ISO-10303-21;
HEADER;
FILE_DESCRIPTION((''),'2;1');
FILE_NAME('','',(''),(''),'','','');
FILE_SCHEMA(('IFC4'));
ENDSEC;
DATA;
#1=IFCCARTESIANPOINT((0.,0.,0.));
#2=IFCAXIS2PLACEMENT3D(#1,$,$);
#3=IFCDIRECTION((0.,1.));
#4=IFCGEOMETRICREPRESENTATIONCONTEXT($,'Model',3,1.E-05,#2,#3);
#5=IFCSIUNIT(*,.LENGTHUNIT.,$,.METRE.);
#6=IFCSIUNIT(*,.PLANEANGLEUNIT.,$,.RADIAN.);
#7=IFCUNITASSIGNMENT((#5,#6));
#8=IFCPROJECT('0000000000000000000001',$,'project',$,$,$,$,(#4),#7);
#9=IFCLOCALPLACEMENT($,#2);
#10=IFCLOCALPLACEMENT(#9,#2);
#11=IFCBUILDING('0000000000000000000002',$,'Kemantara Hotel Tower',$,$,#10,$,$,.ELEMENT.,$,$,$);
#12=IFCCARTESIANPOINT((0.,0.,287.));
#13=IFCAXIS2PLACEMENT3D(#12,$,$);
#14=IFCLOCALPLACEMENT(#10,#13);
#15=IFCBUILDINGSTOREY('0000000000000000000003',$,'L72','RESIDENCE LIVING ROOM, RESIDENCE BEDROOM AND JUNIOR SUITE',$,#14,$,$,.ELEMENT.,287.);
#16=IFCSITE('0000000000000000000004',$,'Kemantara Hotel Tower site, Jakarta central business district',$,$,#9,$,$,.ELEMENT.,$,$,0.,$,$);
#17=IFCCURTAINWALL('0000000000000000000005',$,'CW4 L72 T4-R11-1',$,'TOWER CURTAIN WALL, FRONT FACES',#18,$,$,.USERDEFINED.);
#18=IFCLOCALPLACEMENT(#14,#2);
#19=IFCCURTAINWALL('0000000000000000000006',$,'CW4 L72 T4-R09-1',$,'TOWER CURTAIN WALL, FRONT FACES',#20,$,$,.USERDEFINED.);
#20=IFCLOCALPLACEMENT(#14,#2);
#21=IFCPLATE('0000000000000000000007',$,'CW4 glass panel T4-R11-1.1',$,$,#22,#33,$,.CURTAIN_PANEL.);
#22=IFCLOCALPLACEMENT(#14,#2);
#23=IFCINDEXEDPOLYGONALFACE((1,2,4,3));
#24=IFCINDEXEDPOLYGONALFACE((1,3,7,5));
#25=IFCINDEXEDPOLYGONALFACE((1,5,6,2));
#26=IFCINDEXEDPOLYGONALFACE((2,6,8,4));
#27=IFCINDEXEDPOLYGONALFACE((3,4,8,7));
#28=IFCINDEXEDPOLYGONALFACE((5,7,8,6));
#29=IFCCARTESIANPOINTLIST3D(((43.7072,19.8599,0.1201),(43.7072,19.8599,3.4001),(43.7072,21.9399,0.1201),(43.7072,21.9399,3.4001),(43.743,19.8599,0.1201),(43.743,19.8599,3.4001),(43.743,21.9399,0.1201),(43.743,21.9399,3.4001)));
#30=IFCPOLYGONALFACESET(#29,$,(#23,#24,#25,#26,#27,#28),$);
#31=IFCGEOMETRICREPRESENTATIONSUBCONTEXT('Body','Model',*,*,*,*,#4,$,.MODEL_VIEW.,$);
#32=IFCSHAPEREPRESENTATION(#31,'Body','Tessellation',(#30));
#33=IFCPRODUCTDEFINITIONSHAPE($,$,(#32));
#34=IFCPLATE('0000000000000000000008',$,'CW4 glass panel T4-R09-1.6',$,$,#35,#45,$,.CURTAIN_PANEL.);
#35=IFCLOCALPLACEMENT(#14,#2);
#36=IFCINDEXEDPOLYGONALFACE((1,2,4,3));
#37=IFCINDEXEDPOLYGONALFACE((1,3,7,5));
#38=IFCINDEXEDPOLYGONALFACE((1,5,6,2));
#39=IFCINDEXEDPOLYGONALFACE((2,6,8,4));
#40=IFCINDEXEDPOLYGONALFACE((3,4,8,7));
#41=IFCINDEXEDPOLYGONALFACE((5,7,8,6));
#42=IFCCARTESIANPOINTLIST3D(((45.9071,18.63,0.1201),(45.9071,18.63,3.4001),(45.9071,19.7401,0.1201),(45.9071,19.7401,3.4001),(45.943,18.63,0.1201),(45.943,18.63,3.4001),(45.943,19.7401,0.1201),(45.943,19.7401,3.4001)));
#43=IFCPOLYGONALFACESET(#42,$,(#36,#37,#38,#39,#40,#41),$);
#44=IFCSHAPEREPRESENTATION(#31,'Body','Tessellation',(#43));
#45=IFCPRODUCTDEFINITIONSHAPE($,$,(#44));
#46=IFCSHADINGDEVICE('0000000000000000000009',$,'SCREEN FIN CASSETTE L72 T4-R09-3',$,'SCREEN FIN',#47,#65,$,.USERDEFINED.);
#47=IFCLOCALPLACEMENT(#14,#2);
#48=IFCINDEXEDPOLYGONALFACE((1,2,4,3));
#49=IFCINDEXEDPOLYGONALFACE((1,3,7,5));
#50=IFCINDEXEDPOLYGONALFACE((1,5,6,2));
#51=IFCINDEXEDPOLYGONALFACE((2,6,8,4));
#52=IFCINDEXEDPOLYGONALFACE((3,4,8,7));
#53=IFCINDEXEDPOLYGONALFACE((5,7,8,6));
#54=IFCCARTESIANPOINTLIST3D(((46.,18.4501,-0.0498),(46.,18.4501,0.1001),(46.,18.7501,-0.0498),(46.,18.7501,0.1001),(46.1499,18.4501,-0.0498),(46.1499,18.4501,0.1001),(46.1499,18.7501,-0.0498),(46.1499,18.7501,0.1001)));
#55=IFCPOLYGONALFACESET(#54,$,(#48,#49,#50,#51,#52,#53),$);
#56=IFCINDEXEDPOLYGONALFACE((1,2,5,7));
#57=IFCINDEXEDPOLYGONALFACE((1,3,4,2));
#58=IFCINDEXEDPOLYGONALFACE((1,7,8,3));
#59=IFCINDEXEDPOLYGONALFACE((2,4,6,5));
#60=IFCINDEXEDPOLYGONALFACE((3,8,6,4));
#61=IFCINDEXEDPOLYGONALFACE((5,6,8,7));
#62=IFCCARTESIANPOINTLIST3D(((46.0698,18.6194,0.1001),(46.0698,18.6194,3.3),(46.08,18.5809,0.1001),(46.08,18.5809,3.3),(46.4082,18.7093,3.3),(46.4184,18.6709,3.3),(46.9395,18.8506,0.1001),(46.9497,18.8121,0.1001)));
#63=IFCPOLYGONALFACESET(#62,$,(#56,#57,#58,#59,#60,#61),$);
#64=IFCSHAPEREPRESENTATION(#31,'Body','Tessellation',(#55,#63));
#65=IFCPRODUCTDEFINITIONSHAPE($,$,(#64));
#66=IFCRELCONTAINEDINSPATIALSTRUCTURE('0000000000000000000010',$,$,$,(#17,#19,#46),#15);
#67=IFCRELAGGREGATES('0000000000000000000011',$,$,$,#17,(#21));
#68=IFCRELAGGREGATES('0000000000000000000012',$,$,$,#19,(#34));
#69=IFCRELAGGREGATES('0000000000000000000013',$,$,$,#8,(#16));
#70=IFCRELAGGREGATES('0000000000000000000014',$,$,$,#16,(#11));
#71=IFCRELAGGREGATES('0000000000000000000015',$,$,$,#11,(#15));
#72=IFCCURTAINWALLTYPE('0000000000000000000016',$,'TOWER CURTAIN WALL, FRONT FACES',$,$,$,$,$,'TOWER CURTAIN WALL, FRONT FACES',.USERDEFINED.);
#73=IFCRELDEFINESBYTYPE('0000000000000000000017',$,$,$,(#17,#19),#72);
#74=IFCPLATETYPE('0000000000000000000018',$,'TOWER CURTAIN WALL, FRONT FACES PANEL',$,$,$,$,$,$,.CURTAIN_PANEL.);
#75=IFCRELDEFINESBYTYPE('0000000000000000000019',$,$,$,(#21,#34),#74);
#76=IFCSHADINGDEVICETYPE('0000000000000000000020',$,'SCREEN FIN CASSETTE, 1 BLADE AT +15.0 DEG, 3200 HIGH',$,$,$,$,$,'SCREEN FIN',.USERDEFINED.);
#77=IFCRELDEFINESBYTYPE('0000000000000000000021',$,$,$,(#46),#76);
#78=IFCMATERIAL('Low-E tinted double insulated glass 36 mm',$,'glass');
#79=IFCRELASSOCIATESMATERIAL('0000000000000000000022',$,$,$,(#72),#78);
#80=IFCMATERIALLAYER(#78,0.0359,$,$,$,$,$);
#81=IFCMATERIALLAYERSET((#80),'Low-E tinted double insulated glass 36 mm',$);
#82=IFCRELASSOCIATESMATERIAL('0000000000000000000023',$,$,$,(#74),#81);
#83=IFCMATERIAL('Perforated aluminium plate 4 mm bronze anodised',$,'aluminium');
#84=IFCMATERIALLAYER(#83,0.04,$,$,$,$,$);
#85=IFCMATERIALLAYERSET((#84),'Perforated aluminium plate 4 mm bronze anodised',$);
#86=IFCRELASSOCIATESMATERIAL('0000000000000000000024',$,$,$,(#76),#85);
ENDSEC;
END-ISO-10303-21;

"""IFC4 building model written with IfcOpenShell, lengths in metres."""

from ifc_helpers import new_model, si_unit, direction, frame, origin, origin_2d, place, context, subcontext, project, spatial, polyline, rectangle, outline, extrude, source, transform, mapped, material, layer, layer_set, type_object, element, aggregate, save


model = new_model("IFC4")

# Units and contexts
model_context = context("Model", 3, precision=1e-05, world=origin(), true_north=direction((0.0, 1.0)))
body_context = subcontext(model_context, "Body", "Model", "MODEL_VIEW")
ifc_project = project(units=[si_unit("LENGTHUNIT", "METRE"), si_unit("PLANEANGLEUNIT", "RADIAN")], contexts=[model_context])

# Site, building, storey
site_placement = place(None, origin())
site = spatial("IfcSite", under=ifc_project, at=site_placement, Name="Kemantara Hotel Tower site, Jakarta central business district", CompositionType="ELEMENT", RefElevation=0.0)
building_placement = place(site_placement, origin())
building = spatial("IfcBuilding", under=site, at=building_placement, Name="Kemantara Hotel Tower", CompositionType="ELEMENT")
storey_placement = place(building_placement, frame((0.0, 0.0, 287.0)))
storey = spatial("IfcBuildingStorey", under=building, at=storey_placement, Name="L72", Description="RESIDENCE LIVING ROOM, RESIDENCE BEDROOM AND JUNIOR SUITE", CompositionType="ELEMENT", Elevation=287.0)

# Curtain wall
ifc_material_1 = material(Name="Low-E tinted double insulated glass 36 mm", Category="glass")
curtain_wall_type = type_object("IfcCurtainWallType", Name="TOWER CURTAIN WALL, FRONT FACES", ElementType="TOWER CURTAIN WALL, FRONT FACES", PredefinedType="USERDEFINED", material=ifc_material_1)
curtain_wall_1_placement = place(storey_placement, origin())
curtain_wall_1 = element("IfcCurtainWall", 1, at=curtain_wall_1_placement, inside=storey, type_object=curtain_wall_type, Name="CW4 L72 T4-R11-1", ObjectType="TOWER CURTAIN WALL, FRONT FACES", PredefinedType="USERDEFINED")

# Curtain wall
curtain_wall_2_placement = place(storey_placement, origin())
curtain_wall_2 = element("IfcCurtainWall", 2, at=curtain_wall_2_placement, inside=storey, type_object=curtain_wall_type, Name="CW4 L72 T4-R09-1", ObjectType="TOWER CURTAIN WALL, FRONT FACES", PredefinedType="USERDEFINED")

# Plates
ifc_layer_1 = layer(ifc_material_1, 0.0359)
ifc_layer_set_1 = layer_set([ifc_layer_1], Name="Low-E tinted double insulated glass 36 mm")
plate_type = type_object("IfcPlateType", Name="TOWER CURTAIN WALL, FRONT FACES PANEL", PredefinedType="CURTAIN_PANEL", material=ifc_layer_set_1)
shared_shape_1 = source(origin(), body_context, "Body", "SweptSolid", [
    extrude(rectangle(XDim=2.0801, YDim=0.0359, at=origin_2d()), origin(), (0.0, 0.0, 1.0), 3.28),
])
plate_1_placement = place(storey_placement, frame((43.7251, 20.8999, 0.1201), z_axis=(0.0, 0.0, 1.0), x_axis=(0.0, 1.0, 0.0)))
plate_1 = element("IfcPlate", 3, at=plate_1_placement, type_object=plate_type, Name="CW4 glass panel T4-R11-1.1", PredefinedType="CURTAIN_PANEL", context=body_context, shape_type="MappedRepresentation", body=[
    mapped(shared_shape_1, transform((0.0, 0.0, 0.0))),
])
aggregate(curtain_wall_1, [plate_1])
shared_shape_2 = source(origin(), body_context, "Body", "SweptSolid", [
    extrude(rectangle(XDim=1.1101, YDim=0.0359, at=origin_2d()), origin(), (0.0, 0.0, 1.0), 3.28),
])
plate_2_placement = place(storey_placement, frame((45.925, 19.1851, 0.1201), z_axis=(0.0, 0.0, 1.0), x_axis=(0.0, 1.0, 0.0)))
plate_2 = element("IfcPlate", 4, at=plate_2_placement, type_object=plate_type, Name="CW4 glass panel T4-R09-1.6", PredefinedType="CURTAIN_PANEL", context=body_context, shape_type="MappedRepresentation", body=[
    mapped(shared_shape_2, transform((0.0, 0.0, 0.0))),
])
aggregate(curtain_wall_2, [plate_2])

# Shading device
ifc_material_2 = material(Name="Perforated aluminium plate 4 mm bronze anodised", Category="aluminium")
ifc_layer_2 = layer(ifc_material_2, 0.04)
ifc_layer_set_2 = layer_set([ifc_layer_2], Name="Perforated aluminium plate 4 mm bronze anodised")
shading_device_type = type_object("IfcShadingDeviceType", Name="SCREEN FIN CASSETTE, 1 BLADE AT +15.0 DEG, 3200 HIGH", ElementType="SCREEN FIN", PredefinedType="USERDEFINED", material=ifc_layer_set_2)
shared_shape_3 = source(origin(), body_context, "Body", "SweptSolid", [
    extrude(rectangle(XDim=0.3, YDim=0.1499, at=origin_2d()), frame((0.0, -0.075, -0.1499), z_axis=(0.0, 0.0, 1.0), x_axis=(1.0, 0.0, 0.0)), (0.0, 0.0, 1.0), 0.1499),
    extrude(outline(polyline([(0.0, 0.0), (0.8999, 0.0), (0.3501, 3.2), (0.0, 3.2), (0.0, 0.0)])), frame((0.0193, -0.0698, 0.0), z_axis=(-0.966438, -0.256901, 0.0), x_axis=(0.256901, -0.966438, 0.0)), (0.0, 0.0, 1.0), 0.0398),
])
shading_device_placement = place(storey_placement, frame((46.0, 18.6001, 0.1001), z_axis=(0.0, 0.0, 1.0), x_axis=(0.0, 1.0, 0.0)))
element("IfcShadingDevice", 5, at=shading_device_placement, inside=storey, type_object=shading_device_type, Name="SCREEN FIN CASSETTE L72 T4-R09-3", ObjectType="SCREEN FIN", PredefinedType="USERDEFINED", context=body_context, shape_type="MappedRepresentation", body=[
    mapped(shared_shape_3, transform((0.0, 0.0, 0.0))),
])

save(model, "model.ifc")
